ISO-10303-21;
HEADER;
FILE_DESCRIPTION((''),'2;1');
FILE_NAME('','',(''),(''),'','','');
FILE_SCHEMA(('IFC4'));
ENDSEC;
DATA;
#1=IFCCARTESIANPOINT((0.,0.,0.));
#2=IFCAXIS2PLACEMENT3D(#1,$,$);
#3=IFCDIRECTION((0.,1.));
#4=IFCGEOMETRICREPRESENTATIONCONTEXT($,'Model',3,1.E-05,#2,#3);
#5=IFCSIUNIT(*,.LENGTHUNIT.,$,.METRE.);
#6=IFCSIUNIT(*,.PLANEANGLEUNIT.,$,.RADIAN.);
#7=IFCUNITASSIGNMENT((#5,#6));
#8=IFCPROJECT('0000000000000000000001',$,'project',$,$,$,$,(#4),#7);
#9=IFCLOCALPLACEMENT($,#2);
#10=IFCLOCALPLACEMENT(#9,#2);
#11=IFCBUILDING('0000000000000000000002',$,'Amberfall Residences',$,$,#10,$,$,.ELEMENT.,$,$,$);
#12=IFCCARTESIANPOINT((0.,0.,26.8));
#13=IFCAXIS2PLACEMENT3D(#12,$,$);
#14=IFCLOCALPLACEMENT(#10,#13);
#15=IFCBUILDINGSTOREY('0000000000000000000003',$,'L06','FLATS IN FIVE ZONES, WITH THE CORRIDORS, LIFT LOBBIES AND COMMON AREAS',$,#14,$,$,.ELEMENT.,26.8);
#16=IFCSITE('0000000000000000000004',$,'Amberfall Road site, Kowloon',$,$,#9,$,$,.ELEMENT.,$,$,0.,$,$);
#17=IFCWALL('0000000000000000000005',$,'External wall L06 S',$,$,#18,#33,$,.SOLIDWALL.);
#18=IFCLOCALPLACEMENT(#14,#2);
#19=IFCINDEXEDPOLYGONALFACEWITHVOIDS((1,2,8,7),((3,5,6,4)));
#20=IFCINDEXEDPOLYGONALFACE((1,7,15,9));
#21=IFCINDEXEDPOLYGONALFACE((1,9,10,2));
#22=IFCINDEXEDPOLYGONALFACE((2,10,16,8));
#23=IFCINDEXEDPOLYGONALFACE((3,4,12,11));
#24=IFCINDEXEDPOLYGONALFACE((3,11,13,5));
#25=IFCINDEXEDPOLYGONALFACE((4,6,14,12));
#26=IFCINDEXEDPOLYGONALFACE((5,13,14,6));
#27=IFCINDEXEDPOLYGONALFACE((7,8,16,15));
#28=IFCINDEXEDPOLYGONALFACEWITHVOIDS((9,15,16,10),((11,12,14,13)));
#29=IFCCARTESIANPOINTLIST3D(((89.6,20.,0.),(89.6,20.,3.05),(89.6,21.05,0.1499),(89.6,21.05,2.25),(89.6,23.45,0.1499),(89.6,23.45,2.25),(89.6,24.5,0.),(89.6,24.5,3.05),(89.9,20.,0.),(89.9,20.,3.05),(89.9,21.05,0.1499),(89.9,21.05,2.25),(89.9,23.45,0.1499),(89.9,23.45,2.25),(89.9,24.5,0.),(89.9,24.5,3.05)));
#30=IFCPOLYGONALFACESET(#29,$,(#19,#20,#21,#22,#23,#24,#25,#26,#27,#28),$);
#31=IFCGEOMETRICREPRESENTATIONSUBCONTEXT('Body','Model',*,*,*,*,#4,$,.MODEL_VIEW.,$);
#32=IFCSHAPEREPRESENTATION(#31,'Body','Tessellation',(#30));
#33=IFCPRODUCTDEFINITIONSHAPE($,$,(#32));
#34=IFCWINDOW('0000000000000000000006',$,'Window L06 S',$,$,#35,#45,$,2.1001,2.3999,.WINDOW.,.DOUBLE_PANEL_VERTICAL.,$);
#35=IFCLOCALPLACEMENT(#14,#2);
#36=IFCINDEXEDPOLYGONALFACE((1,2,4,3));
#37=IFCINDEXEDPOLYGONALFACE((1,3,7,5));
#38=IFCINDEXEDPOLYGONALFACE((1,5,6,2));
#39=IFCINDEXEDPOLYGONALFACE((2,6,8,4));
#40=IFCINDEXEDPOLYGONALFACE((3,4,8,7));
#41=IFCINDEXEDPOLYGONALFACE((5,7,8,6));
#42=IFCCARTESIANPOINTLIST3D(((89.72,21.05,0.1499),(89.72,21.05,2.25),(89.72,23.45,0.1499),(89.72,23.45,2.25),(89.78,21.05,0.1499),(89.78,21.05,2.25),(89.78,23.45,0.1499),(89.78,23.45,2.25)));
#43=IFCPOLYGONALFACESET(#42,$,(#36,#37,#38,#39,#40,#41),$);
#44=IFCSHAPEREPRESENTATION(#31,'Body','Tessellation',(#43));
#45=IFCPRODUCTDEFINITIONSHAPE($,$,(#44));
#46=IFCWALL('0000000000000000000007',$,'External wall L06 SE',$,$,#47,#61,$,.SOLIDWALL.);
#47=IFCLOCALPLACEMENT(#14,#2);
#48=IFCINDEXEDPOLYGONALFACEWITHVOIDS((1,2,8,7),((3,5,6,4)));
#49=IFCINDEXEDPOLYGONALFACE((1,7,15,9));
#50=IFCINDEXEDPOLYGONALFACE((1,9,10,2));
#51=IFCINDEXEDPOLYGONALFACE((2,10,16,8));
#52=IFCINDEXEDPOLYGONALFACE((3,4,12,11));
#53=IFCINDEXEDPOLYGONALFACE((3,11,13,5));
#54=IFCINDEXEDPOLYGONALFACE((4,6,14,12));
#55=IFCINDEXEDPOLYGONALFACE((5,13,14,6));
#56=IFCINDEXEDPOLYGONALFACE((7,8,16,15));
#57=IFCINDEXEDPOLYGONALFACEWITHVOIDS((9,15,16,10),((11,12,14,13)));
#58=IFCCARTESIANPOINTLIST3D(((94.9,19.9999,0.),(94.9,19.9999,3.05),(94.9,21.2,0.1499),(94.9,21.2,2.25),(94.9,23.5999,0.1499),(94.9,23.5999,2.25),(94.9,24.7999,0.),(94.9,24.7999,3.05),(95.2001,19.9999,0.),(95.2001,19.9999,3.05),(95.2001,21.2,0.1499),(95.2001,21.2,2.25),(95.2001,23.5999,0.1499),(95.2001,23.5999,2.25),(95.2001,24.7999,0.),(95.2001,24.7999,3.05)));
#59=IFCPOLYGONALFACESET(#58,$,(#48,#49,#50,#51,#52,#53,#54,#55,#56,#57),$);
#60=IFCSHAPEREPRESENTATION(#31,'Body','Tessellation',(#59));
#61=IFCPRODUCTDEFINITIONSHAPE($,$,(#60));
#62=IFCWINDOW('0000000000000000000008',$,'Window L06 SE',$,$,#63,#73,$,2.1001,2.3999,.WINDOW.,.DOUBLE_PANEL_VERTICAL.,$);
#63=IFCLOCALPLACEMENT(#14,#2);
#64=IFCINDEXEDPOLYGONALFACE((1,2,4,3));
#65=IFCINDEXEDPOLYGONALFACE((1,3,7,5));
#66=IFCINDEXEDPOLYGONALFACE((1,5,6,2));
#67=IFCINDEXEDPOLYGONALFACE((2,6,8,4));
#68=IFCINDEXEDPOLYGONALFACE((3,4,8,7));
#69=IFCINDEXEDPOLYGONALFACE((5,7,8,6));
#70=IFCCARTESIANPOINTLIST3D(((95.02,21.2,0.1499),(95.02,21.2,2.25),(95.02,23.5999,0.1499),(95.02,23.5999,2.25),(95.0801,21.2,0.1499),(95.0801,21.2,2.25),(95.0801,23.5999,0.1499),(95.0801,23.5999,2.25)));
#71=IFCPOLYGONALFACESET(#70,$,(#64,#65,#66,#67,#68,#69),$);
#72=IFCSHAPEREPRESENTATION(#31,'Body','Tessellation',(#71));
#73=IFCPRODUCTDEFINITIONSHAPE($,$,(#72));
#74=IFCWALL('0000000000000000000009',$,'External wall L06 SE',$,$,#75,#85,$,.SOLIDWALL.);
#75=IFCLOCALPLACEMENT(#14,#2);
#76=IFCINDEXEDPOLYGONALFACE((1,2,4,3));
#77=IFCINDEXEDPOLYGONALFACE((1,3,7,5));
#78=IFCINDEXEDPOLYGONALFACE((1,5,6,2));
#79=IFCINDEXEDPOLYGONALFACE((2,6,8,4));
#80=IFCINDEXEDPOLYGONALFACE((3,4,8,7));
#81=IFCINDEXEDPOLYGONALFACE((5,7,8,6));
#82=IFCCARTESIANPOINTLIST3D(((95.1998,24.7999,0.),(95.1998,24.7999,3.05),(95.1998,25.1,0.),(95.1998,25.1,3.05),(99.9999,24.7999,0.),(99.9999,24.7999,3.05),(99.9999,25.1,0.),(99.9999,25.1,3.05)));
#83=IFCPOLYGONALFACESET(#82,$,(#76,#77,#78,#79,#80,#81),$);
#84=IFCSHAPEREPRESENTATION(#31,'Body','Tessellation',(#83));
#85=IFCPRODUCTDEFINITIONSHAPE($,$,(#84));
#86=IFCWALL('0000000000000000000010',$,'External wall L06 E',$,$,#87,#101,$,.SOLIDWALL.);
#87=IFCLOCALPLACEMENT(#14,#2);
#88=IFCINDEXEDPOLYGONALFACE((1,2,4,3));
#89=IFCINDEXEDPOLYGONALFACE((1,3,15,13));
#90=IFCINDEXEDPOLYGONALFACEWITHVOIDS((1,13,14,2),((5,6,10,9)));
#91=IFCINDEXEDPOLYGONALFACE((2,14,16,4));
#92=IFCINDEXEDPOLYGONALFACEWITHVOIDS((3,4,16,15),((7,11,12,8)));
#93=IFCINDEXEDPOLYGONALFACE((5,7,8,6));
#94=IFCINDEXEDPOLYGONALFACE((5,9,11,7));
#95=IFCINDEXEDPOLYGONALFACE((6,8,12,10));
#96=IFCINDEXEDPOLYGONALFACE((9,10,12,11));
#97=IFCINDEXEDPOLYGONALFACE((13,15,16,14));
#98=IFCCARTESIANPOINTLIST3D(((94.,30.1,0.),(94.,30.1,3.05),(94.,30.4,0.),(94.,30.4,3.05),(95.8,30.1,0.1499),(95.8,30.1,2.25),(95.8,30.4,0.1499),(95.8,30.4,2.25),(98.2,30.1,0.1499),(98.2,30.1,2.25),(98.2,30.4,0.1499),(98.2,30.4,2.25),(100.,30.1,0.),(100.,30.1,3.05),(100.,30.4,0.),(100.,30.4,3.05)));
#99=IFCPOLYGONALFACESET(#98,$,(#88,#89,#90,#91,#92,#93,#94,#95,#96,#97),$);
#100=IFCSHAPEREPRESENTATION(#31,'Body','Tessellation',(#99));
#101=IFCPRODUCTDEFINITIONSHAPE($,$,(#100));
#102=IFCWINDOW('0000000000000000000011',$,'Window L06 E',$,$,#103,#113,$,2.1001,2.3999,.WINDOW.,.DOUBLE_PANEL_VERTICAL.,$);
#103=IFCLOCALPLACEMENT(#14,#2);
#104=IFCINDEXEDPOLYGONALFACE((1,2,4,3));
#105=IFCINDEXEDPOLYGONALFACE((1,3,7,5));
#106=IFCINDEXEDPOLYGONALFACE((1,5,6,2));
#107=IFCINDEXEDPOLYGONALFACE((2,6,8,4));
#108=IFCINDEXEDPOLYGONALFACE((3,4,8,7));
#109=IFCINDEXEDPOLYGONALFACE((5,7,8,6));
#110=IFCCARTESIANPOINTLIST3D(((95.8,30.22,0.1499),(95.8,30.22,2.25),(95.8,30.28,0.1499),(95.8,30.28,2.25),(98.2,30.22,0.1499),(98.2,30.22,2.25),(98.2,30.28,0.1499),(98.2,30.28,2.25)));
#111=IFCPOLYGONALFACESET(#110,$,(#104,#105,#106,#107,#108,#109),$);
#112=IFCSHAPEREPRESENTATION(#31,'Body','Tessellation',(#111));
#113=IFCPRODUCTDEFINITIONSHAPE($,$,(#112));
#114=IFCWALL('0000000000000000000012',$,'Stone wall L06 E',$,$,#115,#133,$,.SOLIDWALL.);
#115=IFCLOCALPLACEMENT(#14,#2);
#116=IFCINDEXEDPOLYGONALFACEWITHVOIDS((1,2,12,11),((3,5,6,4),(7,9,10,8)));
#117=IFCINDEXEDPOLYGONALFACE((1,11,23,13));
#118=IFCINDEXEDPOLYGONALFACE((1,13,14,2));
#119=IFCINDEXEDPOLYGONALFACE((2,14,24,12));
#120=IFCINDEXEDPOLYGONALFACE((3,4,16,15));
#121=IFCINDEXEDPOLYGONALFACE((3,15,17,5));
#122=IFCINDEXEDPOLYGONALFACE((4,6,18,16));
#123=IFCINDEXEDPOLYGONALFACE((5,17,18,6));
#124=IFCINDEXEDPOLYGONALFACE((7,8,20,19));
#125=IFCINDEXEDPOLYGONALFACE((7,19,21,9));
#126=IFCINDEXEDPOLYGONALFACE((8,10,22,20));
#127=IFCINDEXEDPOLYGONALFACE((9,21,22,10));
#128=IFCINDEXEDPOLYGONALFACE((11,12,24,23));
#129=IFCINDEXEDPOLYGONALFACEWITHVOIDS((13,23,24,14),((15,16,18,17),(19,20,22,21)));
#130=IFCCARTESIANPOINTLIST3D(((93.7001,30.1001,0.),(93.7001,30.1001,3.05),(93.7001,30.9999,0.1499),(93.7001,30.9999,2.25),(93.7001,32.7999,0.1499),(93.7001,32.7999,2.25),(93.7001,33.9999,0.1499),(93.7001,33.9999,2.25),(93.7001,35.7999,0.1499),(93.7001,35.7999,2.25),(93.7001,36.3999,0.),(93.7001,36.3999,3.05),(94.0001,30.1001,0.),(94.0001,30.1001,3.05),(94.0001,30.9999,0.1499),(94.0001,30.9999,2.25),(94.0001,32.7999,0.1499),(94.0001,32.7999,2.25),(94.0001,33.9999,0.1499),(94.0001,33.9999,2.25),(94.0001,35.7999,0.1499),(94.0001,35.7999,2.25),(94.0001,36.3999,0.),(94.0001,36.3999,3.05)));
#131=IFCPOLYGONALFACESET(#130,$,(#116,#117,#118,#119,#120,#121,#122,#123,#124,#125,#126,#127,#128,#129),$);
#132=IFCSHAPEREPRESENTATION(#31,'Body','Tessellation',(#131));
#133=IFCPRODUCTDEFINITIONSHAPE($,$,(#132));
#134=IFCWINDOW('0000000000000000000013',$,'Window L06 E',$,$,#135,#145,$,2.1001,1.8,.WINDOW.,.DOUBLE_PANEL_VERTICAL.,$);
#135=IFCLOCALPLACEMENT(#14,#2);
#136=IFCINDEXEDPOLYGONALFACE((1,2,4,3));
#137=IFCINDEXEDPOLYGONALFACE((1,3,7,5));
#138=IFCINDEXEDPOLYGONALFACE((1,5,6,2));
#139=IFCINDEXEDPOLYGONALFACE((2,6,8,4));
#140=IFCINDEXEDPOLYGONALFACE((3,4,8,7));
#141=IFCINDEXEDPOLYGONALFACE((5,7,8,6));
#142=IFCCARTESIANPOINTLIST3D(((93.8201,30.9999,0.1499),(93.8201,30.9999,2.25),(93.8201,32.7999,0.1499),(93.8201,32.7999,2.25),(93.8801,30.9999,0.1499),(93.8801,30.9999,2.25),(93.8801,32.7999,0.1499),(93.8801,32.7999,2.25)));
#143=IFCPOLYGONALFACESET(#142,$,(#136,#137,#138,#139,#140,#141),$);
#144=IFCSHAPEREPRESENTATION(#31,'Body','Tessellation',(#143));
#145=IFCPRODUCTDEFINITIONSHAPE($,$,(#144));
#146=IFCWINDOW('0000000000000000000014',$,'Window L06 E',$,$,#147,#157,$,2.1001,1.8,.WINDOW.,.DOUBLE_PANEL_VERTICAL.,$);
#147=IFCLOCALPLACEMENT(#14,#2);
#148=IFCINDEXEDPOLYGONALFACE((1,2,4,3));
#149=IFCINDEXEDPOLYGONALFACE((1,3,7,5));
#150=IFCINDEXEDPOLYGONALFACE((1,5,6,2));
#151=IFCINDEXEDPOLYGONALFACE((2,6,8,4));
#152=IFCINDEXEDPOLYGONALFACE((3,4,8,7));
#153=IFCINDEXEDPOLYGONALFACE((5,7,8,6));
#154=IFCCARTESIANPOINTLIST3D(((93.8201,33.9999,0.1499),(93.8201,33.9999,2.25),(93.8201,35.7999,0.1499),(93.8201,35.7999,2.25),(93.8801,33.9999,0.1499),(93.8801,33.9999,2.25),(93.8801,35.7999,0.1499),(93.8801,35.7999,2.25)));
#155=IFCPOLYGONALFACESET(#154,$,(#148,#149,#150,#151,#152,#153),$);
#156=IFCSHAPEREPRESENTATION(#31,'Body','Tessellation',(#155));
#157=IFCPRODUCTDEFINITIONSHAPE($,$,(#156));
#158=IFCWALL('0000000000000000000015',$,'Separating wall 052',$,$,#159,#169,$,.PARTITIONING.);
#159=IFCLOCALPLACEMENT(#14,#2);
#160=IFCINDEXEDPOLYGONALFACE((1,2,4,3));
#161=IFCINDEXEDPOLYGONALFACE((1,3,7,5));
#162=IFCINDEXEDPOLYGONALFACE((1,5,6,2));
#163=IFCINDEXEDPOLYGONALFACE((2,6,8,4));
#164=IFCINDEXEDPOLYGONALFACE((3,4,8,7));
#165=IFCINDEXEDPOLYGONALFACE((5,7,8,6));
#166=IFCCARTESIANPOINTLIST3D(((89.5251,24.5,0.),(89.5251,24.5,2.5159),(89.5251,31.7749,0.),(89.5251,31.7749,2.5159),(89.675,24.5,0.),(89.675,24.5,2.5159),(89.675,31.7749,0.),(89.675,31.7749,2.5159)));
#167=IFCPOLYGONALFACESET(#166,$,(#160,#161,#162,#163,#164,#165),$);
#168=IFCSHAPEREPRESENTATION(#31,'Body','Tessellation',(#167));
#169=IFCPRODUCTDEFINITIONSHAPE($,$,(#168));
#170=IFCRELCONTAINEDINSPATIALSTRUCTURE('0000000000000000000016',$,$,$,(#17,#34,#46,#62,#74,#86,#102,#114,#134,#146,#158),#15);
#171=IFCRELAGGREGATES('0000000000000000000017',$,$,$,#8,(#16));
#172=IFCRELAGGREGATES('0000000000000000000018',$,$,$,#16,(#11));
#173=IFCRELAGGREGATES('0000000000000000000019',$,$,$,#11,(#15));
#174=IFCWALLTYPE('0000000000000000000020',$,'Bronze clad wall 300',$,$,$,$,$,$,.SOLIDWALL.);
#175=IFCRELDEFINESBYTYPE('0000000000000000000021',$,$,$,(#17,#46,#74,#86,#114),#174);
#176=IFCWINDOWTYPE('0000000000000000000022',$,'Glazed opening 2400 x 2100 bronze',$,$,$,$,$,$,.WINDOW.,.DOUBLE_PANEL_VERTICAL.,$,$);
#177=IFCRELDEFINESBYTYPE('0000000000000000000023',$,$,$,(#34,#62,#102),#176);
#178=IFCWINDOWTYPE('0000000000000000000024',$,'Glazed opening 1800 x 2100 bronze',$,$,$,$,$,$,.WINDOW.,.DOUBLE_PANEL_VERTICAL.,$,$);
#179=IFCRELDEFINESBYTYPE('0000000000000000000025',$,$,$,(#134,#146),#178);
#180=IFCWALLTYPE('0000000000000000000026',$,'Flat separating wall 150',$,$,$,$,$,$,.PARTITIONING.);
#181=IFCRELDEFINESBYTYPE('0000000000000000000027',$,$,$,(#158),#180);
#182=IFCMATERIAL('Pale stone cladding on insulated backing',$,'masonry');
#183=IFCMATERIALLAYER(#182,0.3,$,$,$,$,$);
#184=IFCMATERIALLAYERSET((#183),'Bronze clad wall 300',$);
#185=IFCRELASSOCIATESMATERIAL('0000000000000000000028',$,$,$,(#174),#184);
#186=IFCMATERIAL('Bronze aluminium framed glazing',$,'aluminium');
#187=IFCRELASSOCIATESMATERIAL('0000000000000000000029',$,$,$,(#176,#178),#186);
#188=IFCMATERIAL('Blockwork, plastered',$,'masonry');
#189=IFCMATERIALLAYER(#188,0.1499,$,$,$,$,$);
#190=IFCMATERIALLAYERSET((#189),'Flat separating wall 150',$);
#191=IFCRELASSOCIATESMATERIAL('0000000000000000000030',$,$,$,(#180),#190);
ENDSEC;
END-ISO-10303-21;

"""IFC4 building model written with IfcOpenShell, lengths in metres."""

from ifc_helpers import new_model, si_unit, direction, frame, frame_2d, origin, place, context, subcontext, project, spatial, rectangle, extrude, material, layer, layer_set, type_object, element, fill, save


model = new_model("IFC4")

# Units and contexts
model_context = context("Model", 3, precision=1e-05, world=origin(), true_north=direction((0.0, 1.0)))
body_context = subcontext(model_context, "Body", "Model", "MODEL_VIEW")
ifc_project = project(units=[si_unit("LENGTHUNIT", "METRE"), si_unit("PLANEANGLEUNIT", "RADIAN")], contexts=[model_context])

# Site, building, storey
site_placement = place(None, origin())
site = spatial("IfcSite", under=ifc_project, at=site_placement, Name="Amberfall Road site, Kowloon", CompositionType="ELEMENT", RefElevation=0.0)
building_placement = place(site_placement, origin())
building = spatial("IfcBuilding", under=site, at=building_placement, Name="Amberfall Residences", CompositionType="ELEMENT")
storey_placement = place(building_placement, frame((0.0, 0.0, 26.8)))
storey = spatial("IfcBuildingStorey", under=building, at=storey_placement, Name="L06", Description="FLATS IN FIVE ZONES, WITH THE CORRIDORS, LIFT LOBBIES AND COMMON AREAS", CompositionType="ELEMENT", Elevation=26.8)

# Walls, openings, windows
ifc_material_1 = material(Name="Pale stone cladding on insulated backing", Category="masonry")
ifc_layer_1 = layer(ifc_material_1, 0.3)
ifc_layer_set_1 = layer_set([ifc_layer_1], Name="Bronze clad wall 300")
wall_type_1 = type_object("IfcWallType", Name="Bronze clad wall 300", PredefinedType="SOLIDWALL", material=ifc_layer_set_1)
wall_1_placement = place(storey_placement, frame((89.75, 24.5, 0.0), z_axis=(0.0, 0.0, 1.0), x_axis=(0.0, -1.0, 0.0)))
wall_1 = element("IfcWall", 1, at=wall_1_placement, inside=storey, type_object=wall_type_1, Name="External wall L06 S", PredefinedType="SOLIDWALL", context=body_context, shape_type="SweptSolid", body=[
    extrude(rectangle(XDim=4.5, YDim=0.3, at=frame_2d((2.25, 0.0))), origin(), (0.0, 0.0, 1.0), 3.05),
])
opening_1_placement = place(wall_1_placement, frame((1.05, 0.0, 0.1499)))
opening_1 = element("IfcOpeningElement", 2, at=opening_1_placement, cuts=wall_1, PredefinedType="OPENING", context=body_context, shape_type="SweptSolid", body=[
    extrude(rectangle(XDim=2.3999, YDim=2.1001, at=frame_2d((1.2, 1.05))), frame((0.0, 0.1599, 0.0), z_axis=(0.0, -1.0, 0.0), x_axis=(1.0, 0.0, 0.0)), (0.0, 0.0, 1.0), 0.3201),
])
ifc_material_2 = material(Name="Bronze aluminium framed glazing", Category="aluminium")
window_type_1 = type_object("IfcWindowType", Name="Glazed opening 2400 x 2100 bronze", PartitioningType="DOUBLE_PANEL_VERTICAL", PredefinedType="WINDOW", material=ifc_material_2)
window_1_placement = place(opening_1_placement, origin())
window_1 = element("IfcWindow", 3, at=window_1_placement, inside=storey, type_object=window_type_1, Name="Window L06 S", OverallHeight=2.1001, OverallWidth=2.3999, PartitioningType="DOUBLE_PANEL_VERTICAL", PredefinedType="WINDOW", context=body_context, shape_type="SweptSolid", body=[
    extrude(rectangle(XDim=2.3999, YDim=2.1001, at=frame_2d((1.2, 1.05))), frame((0.0, 0.03, 0.0), z_axis=(0.0, -1.0, 0.0), x_axis=(1.0, 0.0, 0.0)), (0.0, 0.0, 1.0), 0.0601),
])
fill(opening_1, window_1)
wall_2_placement = place(storey_placement, frame((95.05, 20.0, 0.0), z_axis=(0.0, 0.0, 1.0), x_axis=(0.0, 1.0, 0.0)))
wall_2 = element("IfcWall", 4, at=wall_2_placement, inside=storey, type_object=wall_type_1, Name="External wall L06 SE", PredefinedType="SOLIDWALL", context=body_context, shape_type="SweptSolid", body=[
    extrude(rectangle(XDim=4.8, YDim=0.3, at=frame_2d((2.3999, 0.0))), origin(), (0.0, 0.0, 1.0), 3.05),
])
opening_2_placement = place(wall_2_placement, frame((1.2, 0.0, 0.1499)))
opening_2 = element("IfcOpeningElement", 5, at=opening_2_placement, cuts=wall_2, PredefinedType="OPENING", context=body_context, shape_type="SweptSolid", body=[
    extrude(rectangle(XDim=2.3999, YDim=2.1001, at=frame_2d((1.2, 1.05))), frame((0.0, 0.1599, 0.0), z_axis=(0.0, -1.0, 0.0), x_axis=(1.0, 0.0, 0.0)), (0.0, 0.0, 1.0), 0.3201),
])
window_2_placement = place(opening_2_placement, origin())
window_2 = element("IfcWindow", 6, at=window_2_placement, inside=storey, type_object=window_type_1, Name="Window L06 SE", OverallHeight=2.1001, OverallWidth=2.3999, PartitioningType="DOUBLE_PANEL_VERTICAL", PredefinedType="WINDOW", context=body_context, shape_type="SweptSolid", body=[
    extrude(rectangle(XDim=2.3999, YDim=2.1001, at=frame_2d((1.2, 1.05))), frame((0.0, 0.03, 0.0), z_axis=(0.0, -1.0, 0.0), x_axis=(1.0, 0.0, 0.0)), (0.0, 0.0, 1.0), 0.0601),
])
fill(opening_2, window_2)

# Wall
wall_3_placement = place(storey_placement, frame((95.2, 24.95, 0.0), z_axis=(0.0, 0.0, 1.0), x_axis=(1.0, 0.0, 0.0)))
element("IfcWall", 7, at=wall_3_placement, inside=storey, type_object=wall_type_1, Name="External wall L06 SE", PredefinedType="SOLIDWALL", context=body_context, shape_type="SweptSolid", body=[
    extrude(rectangle(XDim=4.8, YDim=0.3, at=frame_2d((2.3999, 0.0))), origin(), (0.0, 0.0, 1.0), 3.05),
])

# Wall, opening, window
wall_4_placement = place(storey_placement, frame((100.0, 30.25, 0.0), z_axis=(0.0, 0.0, 1.0), x_axis=(-1.0, 0.0, 0.0)))
wall_4 = element("IfcWall", 8, at=wall_4_placement, inside=storey, type_object=wall_type_1, Name="External wall L06 E", PredefinedType="SOLIDWALL", context=body_context, shape_type="SweptSolid", body=[
    extrude(rectangle(XDim=6.0, YDim=0.3, at=frame_2d((3.0, 0.0))), origin(), (0.0, 0.0, 1.0), 3.05),
])
opening_3_placement = place(wall_4_placement, frame((1.8, 0.0, 0.1499)))
opening_3 = element("IfcOpeningElement", 9, at=opening_3_placement, cuts=wall_4, PredefinedType="OPENING", context=body_context, shape_type="SweptSolid", body=[
    extrude(rectangle(XDim=2.3999, YDim=2.1001, at=frame_2d((1.2, 1.05))), frame((0.0, 0.1599, 0.0), z_axis=(0.0, -1.0, 0.0), x_axis=(1.0, 0.0, 0.0)), (0.0, 0.0, 1.0), 0.3201),
])
window_3_placement = place(opening_3_placement, origin())
window_3 = element("IfcWindow", 10, at=window_3_placement, inside=storey, type_object=window_type_1, Name="Window L06 E", OverallHeight=2.1001, OverallWidth=2.3999, PartitioningType="DOUBLE_PANEL_VERTICAL", PredefinedType="WINDOW", context=body_context, shape_type="SweptSolid", body=[
    extrude(rectangle(XDim=2.3999, YDim=2.1001, at=frame_2d((1.2, 1.05))), frame((0.0, 0.03, 0.0), z_axis=(0.0, -1.0, 0.0), x_axis=(1.0, 0.0, 0.0)), (0.0, 0.0, 1.0), 0.0601),
])
fill(opening_3, window_3)

# Wall, openings, windows
wall_5_placement = place(storey_placement, frame((93.8501, 30.1001, 0.0), z_axis=(0.0, 0.0, 1.0), x_axis=(0.0, 1.0, 0.0)))
wall_5 = element("IfcWall", 11, at=wall_5_placement, inside=storey, type_object=wall_type_1, Name="Stone wall L06 E", PredefinedType="SOLIDWALL", context=body_context, shape_type="SweptSolid", body=[
    extrude(rectangle(XDim=6.2998, YDim=0.3, at=frame_2d((3.1499, 0.0))), origin(), (0.0, 0.0, 1.0), 3.05),
])
opening_4_placement = place(wall_5_placement, frame((0.8999, 0.0, 0.1499)))
opening_4 = element("IfcOpeningElement", 12, at=opening_4_placement, cuts=wall_5, PredefinedType="OPENING", context=body_context, shape_type="SweptSolid", body=[
    extrude(rectangle(XDim=1.8, YDim=2.1001, at=frame_2d((0.8999, 1.05))), frame((0.0, 0.1599, 0.0), z_axis=(0.0, -1.0, 0.0), x_axis=(1.0, 0.0, 0.0)), (0.0, 0.0, 1.0), 0.3201),
])
opening_5_placement = place(wall_5_placement, frame((3.8999, 0.0, 0.1499)))
opening_5 = element("IfcOpeningElement", 13, at=opening_5_placement, cuts=wall_5, PredefinedType="OPENING", context=body_context, shape_type="SweptSolid", body=[
    extrude(rectangle(XDim=1.8, YDim=2.1001, at=frame_2d((0.8999, 1.05))), frame((0.0, 0.1599, 0.0), z_axis=(0.0, -1.0, 0.0), x_axis=(1.0, 0.0, 0.0)), (0.0, 0.0, 1.0), 0.3201),
])
window_type_2 = type_object("IfcWindowType", Name="Glazed opening 1800 x 2100 bronze", PartitioningType="DOUBLE_PANEL_VERTICAL", PredefinedType="WINDOW", material=ifc_material_2)
window_4_placement = place(opening_4_placement, origin())
window_4 = element("IfcWindow", 14, at=window_4_placement, inside=storey, type_object=window_type_2, Name="Window L06 E", OverallHeight=2.1001, OverallWidth=1.8, PartitioningType="DOUBLE_PANEL_VERTICAL", PredefinedType="WINDOW", context=body_context, shape_type="SweptSolid", body=[
    extrude(rectangle(XDim=1.8, YDim=2.1001, at=frame_2d((0.8999, 1.05))), frame((0.0, 0.03, 0.0), z_axis=(0.0, -1.0, 0.0), x_axis=(1.0, 0.0, 0.0)), (0.0, 0.0, 1.0), 0.0601),
])
fill(opening_4, window_4)
window_5_placement = place(opening_5_placement, origin())
window_5 = element("IfcWindow", 15, at=window_5_placement, inside=storey, type_object=window_type_2, Name="Window L06 E", OverallHeight=2.1001, OverallWidth=1.8, PartitioningType="DOUBLE_PANEL_VERTICAL", PredefinedType="WINDOW", context=body_context, shape_type="SweptSolid", body=[
    extrude(rectangle(XDim=1.8, YDim=2.1001, at=frame_2d((0.8999, 1.05))), frame((0.0, 0.03, 0.0), z_axis=(0.0, -1.0, 0.0), x_axis=(1.0, 0.0, 0.0)), (0.0, 0.0, 1.0), 0.0601),
])
fill(opening_5, window_5)

# Wall
ifc_material_3 = material(Name="Blockwork, plastered", Category="masonry")
ifc_layer_2 = layer(ifc_material_3, 0.1499)
ifc_layer_set_2 = layer_set([ifc_layer_2], Name="Flat separating wall 150")
wall_type_2 = type_object("IfcWallType", Name="Flat separating wall 150", PredefinedType="PARTITIONING", material=ifc_layer_set_2)
wall_6_placement = place(storey_placement, frame((89.6001, 24.5, 0.0), z_axis=(0.0, 0.0, 1.0), x_axis=(0.0, 1.0, 0.0)))
element("IfcWall", 16, at=wall_6_placement, inside=storey, type_object=wall_type_2, Name="Separating wall 052", PredefinedType="PARTITIONING", context=body_context, shape_type="SweptSolid", body=[
    extrude(rectangle(XDim=7.2749, YDim=0.1499, at=frame_2d((3.6375, 0.0))), origin(), (0.0, 0.0, 1.0), 2.5159),
])

save(model, "model.ifc")
